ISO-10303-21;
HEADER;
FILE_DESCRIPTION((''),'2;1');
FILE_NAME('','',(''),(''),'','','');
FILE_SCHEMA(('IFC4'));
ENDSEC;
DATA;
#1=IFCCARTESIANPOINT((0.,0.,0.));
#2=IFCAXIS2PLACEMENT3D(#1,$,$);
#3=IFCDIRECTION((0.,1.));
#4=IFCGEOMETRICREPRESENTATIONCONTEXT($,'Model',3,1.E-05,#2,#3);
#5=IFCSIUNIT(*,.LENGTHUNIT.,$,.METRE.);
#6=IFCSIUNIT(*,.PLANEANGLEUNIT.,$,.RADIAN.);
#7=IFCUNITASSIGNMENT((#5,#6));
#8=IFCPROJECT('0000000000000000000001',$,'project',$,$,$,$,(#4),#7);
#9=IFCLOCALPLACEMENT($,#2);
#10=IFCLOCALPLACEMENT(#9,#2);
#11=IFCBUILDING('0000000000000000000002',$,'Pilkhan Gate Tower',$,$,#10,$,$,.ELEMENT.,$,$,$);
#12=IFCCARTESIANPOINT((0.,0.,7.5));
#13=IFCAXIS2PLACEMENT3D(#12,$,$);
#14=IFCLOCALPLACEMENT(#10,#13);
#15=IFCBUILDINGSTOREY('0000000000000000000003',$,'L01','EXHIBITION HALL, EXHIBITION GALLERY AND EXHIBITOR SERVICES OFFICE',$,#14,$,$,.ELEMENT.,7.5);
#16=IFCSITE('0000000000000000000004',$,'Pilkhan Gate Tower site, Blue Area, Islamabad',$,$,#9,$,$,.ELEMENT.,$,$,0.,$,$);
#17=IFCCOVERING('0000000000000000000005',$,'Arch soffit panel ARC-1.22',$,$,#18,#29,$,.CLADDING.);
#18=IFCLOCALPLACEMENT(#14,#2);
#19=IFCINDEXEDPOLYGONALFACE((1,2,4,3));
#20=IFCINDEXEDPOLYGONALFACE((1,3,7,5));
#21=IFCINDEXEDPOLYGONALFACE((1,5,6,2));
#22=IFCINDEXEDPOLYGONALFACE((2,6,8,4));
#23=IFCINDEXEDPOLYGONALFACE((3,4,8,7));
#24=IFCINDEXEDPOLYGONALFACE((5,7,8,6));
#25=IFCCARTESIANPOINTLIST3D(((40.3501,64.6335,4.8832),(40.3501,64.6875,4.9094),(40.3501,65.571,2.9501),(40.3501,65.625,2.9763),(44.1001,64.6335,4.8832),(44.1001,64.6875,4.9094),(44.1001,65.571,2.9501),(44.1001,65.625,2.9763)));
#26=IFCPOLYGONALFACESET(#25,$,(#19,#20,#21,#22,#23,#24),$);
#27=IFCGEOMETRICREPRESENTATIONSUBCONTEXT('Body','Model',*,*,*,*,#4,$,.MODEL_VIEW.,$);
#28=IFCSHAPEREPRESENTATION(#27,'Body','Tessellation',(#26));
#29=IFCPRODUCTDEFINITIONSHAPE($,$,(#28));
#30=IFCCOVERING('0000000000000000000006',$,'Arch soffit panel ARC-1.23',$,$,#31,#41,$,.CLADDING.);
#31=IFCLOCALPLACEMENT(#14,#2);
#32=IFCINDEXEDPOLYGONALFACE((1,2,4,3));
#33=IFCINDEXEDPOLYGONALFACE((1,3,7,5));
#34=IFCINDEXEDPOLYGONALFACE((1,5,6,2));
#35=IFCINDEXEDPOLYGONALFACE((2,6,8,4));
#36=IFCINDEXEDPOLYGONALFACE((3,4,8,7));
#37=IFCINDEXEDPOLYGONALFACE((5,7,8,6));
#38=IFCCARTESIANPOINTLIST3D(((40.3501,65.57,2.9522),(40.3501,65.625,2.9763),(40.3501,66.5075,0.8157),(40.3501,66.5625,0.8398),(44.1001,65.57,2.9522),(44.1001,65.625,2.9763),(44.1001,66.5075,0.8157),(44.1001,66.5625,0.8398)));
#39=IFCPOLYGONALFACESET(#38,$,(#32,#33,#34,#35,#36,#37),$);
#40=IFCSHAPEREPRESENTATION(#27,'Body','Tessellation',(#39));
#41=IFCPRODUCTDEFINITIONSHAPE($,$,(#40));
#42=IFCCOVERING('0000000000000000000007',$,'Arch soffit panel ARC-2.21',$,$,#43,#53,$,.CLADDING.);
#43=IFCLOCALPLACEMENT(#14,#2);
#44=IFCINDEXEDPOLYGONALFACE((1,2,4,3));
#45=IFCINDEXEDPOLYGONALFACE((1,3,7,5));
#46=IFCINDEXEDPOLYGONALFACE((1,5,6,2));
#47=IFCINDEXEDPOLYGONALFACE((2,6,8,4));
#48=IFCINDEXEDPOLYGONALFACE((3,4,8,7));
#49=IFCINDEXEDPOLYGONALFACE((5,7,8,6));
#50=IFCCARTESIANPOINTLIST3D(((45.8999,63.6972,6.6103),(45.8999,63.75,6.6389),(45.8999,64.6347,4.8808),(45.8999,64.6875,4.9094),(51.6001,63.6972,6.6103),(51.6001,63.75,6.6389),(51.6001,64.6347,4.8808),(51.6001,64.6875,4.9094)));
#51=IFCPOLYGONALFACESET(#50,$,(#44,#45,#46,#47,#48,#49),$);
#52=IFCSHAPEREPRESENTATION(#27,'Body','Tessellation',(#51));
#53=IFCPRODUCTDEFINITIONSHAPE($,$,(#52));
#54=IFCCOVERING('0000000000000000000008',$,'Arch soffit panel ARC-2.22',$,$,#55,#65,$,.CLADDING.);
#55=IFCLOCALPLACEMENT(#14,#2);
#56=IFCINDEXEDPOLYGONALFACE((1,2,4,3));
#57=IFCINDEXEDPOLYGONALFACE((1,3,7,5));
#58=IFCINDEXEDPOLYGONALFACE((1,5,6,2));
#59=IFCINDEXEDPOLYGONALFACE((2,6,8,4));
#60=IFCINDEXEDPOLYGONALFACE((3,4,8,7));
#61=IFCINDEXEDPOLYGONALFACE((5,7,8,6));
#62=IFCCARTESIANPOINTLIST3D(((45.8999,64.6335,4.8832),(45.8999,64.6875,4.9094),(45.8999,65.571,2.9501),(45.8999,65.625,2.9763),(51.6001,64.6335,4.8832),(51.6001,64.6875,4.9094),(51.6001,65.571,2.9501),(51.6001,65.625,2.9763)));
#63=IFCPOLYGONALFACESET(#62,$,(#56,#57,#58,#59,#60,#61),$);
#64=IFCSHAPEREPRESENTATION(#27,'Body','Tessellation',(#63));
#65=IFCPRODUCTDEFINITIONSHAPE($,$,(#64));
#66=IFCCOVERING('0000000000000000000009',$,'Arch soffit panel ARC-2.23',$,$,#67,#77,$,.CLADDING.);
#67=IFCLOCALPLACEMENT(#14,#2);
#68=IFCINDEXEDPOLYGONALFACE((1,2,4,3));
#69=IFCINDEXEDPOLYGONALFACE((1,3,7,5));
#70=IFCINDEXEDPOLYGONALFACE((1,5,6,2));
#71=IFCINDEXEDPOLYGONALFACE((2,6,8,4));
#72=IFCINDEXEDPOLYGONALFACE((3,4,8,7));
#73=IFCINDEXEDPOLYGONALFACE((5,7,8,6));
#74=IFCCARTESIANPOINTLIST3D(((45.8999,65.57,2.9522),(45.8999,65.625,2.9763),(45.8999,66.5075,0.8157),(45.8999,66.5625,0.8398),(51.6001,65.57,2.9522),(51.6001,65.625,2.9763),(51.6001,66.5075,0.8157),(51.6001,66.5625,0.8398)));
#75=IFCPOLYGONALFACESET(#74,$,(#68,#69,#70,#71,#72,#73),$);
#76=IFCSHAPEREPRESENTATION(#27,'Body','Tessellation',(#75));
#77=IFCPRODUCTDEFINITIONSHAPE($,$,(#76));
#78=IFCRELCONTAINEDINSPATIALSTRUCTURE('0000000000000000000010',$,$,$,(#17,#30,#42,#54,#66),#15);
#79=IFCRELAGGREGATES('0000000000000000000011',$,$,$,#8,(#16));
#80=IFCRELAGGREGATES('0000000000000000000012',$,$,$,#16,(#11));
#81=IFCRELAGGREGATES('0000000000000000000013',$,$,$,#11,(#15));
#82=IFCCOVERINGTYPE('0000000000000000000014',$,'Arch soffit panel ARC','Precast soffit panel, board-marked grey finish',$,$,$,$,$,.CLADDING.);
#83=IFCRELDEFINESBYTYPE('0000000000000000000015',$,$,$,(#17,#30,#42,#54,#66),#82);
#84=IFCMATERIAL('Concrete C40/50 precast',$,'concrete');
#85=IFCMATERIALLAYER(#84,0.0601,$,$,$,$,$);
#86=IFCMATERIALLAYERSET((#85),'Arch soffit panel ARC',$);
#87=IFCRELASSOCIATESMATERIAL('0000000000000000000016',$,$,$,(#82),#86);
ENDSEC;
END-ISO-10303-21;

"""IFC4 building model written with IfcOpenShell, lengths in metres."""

from ifc_helpers import new_model, si_unit, direction, frame, origin, place, context, subcontext, project, spatial, polyline, outline, extrude, material, layer, layer_set, type_object, element, save


model = new_model("IFC4")

# Units and contexts
model_context = context("Model", 3, precision=1e-05, world=origin(), true_north=direction((0.0, 1.0)))
body_context = subcontext(model_context, "Body", "Model", "MODEL_VIEW")
ifc_project = project(units=[si_unit("LENGTHUNIT", "METRE"), si_unit("PLANEANGLEUNIT", "RADIAN")], contexts=[model_context])

# Site, building, storey
site_placement = place(None, origin())
site = spatial("IfcSite", under=ifc_project, at=site_placement, Name="Pilkhan Gate Tower site, Blue Area, Islamabad", CompositionType="ELEMENT", RefElevation=0.0)
building_placement = place(site_placement, origin())
building = spatial("IfcBuilding", under=site, at=building_placement, Name="Pilkhan Gate Tower", CompositionType="ELEMENT")
storey_placement = place(building_placement, frame((0.0, 0.0, 7.5)))
storey = spatial("IfcBuildingStorey", under=building, at=storey_placement, Name="L01", Description="EXHIBITION HALL, EXHIBITION GALLERY AND EXHIBITOR SERVICES OFFICE", CompositionType="ELEMENT", Elevation=7.5)

# Shared definitions
ifc_material_1 = material(Name="Concrete C40/50 precast", Category="concrete")

# Coverings
ifc_layer_1 = layer(ifc_material_1, 0.0601)
ifc_layer_set_1 = layer_set([ifc_layer_1], Name="Arch soffit panel ARC")
covering_type = type_object("IfcCoveringType", Name="Arch soffit panel ARC", Description="Precast soffit panel, board-marked grey finish", PredefinedType="CLADDING", material=ifc_layer_set_1)
covering_1_placement = place(storey_placement, frame((40.3501, 64.6875, 4.9094), z_axis=(0.0, 0.899771, 0.436363), x_axis=(1.0, 0.0, 0.0)))
element("IfcCovering", 1, at=covering_1_placement, inside=storey, type_object=covering_type, Name="Arch soffit panel ARC-1.22", PredefinedType="CLADDING", context=body_context, shape_type="SweptSolid", body=[
    extrude(outline(polyline([(0.0, 0.0), (3.75, 0.0), (3.75, 2.1484), (0.0, 2.1484), (0.0, 0.0)])), origin(), (0.0, 0.0, -1.0), 0.0601),
])
covering_2_placement = place(storey_placement, frame((40.3501, 65.625, 2.9763), z_axis=(0.0, 0.915717, 0.401823), x_axis=(1.0, 0.0, 0.0)))
element("IfcCovering", 2, at=covering_2_placement, inside=storey, type_object=covering_type, Name="Arch soffit panel ARC-1.23", PredefinedType="CLADDING", context=body_context, shape_type="SweptSolid", body=[
    extrude(outline(polyline([(0.0, 0.0), (3.75, 0.0), (3.75, 2.3331), (0.0, 2.3331), (0.0, 0.0)])), origin(), (0.0, 0.0, -1.0), 0.0601),
])
covering_3_placement = place(storey_placement, frame((45.8999, 63.75, 6.6389), z_axis=(0.0, 0.879145, 0.476555), x_axis=(1.0, 0.0, 0.0)))
element("IfcCovering", 3, at=covering_3_placement, inside=storey, type_object=covering_type, Name="Arch soffit panel ARC-2.21", PredefinedType="CLADDING", context=body_context, shape_type="SweptSolid", body=[
    extrude(outline(polyline([(0.0, 0.0), (5.7002, 0.0), (5.7002, 1.9672), (0.0, 1.9672), (0.0, 0.0)])), origin(), (0.0, 0.0, -1.0), 0.0601),
])
covering_4_placement = place(storey_placement, frame((45.8999, 64.6875, 4.9094), z_axis=(0.0, 0.899771, 0.436363), x_axis=(1.0, 0.0, 0.0)))
element("IfcCovering", 4, at=covering_4_placement, inside=storey, type_object=covering_type, Name="Arch soffit panel ARC-2.22", PredefinedType="CLADDING", context=body_context, shape_type="SweptSolid", body=[
    extrude(outline(polyline([(0.0, 0.0), (5.7002, 0.0), (5.7002, 2.1484), (0.0, 2.1484), (0.0, 0.0)])), origin(), (0.0, 0.0, -1.0), 0.0601),
])
covering_5_placement = place(storey_placement, frame((45.8999, 65.625, 2.9763), z_axis=(0.0, 0.915717, 0.401823), x_axis=(1.0, 0.0, 0.0)))
element("IfcCovering", 5, at=covering_5_placement, inside=storey, type_object=covering_type, Name="Arch soffit panel ARC-2.23", PredefinedType="CLADDING", context=body_context, shape_type="SweptSolid", body=[
    extrude(outline(polyline([(0.0, 0.0), (5.7002, 0.0), (5.7002, 2.3331), (0.0, 2.3331), (0.0, 0.0)])), origin(), (0.0, 0.0, -1.0), 0.0601),
])

save(model, "model.ifc")
